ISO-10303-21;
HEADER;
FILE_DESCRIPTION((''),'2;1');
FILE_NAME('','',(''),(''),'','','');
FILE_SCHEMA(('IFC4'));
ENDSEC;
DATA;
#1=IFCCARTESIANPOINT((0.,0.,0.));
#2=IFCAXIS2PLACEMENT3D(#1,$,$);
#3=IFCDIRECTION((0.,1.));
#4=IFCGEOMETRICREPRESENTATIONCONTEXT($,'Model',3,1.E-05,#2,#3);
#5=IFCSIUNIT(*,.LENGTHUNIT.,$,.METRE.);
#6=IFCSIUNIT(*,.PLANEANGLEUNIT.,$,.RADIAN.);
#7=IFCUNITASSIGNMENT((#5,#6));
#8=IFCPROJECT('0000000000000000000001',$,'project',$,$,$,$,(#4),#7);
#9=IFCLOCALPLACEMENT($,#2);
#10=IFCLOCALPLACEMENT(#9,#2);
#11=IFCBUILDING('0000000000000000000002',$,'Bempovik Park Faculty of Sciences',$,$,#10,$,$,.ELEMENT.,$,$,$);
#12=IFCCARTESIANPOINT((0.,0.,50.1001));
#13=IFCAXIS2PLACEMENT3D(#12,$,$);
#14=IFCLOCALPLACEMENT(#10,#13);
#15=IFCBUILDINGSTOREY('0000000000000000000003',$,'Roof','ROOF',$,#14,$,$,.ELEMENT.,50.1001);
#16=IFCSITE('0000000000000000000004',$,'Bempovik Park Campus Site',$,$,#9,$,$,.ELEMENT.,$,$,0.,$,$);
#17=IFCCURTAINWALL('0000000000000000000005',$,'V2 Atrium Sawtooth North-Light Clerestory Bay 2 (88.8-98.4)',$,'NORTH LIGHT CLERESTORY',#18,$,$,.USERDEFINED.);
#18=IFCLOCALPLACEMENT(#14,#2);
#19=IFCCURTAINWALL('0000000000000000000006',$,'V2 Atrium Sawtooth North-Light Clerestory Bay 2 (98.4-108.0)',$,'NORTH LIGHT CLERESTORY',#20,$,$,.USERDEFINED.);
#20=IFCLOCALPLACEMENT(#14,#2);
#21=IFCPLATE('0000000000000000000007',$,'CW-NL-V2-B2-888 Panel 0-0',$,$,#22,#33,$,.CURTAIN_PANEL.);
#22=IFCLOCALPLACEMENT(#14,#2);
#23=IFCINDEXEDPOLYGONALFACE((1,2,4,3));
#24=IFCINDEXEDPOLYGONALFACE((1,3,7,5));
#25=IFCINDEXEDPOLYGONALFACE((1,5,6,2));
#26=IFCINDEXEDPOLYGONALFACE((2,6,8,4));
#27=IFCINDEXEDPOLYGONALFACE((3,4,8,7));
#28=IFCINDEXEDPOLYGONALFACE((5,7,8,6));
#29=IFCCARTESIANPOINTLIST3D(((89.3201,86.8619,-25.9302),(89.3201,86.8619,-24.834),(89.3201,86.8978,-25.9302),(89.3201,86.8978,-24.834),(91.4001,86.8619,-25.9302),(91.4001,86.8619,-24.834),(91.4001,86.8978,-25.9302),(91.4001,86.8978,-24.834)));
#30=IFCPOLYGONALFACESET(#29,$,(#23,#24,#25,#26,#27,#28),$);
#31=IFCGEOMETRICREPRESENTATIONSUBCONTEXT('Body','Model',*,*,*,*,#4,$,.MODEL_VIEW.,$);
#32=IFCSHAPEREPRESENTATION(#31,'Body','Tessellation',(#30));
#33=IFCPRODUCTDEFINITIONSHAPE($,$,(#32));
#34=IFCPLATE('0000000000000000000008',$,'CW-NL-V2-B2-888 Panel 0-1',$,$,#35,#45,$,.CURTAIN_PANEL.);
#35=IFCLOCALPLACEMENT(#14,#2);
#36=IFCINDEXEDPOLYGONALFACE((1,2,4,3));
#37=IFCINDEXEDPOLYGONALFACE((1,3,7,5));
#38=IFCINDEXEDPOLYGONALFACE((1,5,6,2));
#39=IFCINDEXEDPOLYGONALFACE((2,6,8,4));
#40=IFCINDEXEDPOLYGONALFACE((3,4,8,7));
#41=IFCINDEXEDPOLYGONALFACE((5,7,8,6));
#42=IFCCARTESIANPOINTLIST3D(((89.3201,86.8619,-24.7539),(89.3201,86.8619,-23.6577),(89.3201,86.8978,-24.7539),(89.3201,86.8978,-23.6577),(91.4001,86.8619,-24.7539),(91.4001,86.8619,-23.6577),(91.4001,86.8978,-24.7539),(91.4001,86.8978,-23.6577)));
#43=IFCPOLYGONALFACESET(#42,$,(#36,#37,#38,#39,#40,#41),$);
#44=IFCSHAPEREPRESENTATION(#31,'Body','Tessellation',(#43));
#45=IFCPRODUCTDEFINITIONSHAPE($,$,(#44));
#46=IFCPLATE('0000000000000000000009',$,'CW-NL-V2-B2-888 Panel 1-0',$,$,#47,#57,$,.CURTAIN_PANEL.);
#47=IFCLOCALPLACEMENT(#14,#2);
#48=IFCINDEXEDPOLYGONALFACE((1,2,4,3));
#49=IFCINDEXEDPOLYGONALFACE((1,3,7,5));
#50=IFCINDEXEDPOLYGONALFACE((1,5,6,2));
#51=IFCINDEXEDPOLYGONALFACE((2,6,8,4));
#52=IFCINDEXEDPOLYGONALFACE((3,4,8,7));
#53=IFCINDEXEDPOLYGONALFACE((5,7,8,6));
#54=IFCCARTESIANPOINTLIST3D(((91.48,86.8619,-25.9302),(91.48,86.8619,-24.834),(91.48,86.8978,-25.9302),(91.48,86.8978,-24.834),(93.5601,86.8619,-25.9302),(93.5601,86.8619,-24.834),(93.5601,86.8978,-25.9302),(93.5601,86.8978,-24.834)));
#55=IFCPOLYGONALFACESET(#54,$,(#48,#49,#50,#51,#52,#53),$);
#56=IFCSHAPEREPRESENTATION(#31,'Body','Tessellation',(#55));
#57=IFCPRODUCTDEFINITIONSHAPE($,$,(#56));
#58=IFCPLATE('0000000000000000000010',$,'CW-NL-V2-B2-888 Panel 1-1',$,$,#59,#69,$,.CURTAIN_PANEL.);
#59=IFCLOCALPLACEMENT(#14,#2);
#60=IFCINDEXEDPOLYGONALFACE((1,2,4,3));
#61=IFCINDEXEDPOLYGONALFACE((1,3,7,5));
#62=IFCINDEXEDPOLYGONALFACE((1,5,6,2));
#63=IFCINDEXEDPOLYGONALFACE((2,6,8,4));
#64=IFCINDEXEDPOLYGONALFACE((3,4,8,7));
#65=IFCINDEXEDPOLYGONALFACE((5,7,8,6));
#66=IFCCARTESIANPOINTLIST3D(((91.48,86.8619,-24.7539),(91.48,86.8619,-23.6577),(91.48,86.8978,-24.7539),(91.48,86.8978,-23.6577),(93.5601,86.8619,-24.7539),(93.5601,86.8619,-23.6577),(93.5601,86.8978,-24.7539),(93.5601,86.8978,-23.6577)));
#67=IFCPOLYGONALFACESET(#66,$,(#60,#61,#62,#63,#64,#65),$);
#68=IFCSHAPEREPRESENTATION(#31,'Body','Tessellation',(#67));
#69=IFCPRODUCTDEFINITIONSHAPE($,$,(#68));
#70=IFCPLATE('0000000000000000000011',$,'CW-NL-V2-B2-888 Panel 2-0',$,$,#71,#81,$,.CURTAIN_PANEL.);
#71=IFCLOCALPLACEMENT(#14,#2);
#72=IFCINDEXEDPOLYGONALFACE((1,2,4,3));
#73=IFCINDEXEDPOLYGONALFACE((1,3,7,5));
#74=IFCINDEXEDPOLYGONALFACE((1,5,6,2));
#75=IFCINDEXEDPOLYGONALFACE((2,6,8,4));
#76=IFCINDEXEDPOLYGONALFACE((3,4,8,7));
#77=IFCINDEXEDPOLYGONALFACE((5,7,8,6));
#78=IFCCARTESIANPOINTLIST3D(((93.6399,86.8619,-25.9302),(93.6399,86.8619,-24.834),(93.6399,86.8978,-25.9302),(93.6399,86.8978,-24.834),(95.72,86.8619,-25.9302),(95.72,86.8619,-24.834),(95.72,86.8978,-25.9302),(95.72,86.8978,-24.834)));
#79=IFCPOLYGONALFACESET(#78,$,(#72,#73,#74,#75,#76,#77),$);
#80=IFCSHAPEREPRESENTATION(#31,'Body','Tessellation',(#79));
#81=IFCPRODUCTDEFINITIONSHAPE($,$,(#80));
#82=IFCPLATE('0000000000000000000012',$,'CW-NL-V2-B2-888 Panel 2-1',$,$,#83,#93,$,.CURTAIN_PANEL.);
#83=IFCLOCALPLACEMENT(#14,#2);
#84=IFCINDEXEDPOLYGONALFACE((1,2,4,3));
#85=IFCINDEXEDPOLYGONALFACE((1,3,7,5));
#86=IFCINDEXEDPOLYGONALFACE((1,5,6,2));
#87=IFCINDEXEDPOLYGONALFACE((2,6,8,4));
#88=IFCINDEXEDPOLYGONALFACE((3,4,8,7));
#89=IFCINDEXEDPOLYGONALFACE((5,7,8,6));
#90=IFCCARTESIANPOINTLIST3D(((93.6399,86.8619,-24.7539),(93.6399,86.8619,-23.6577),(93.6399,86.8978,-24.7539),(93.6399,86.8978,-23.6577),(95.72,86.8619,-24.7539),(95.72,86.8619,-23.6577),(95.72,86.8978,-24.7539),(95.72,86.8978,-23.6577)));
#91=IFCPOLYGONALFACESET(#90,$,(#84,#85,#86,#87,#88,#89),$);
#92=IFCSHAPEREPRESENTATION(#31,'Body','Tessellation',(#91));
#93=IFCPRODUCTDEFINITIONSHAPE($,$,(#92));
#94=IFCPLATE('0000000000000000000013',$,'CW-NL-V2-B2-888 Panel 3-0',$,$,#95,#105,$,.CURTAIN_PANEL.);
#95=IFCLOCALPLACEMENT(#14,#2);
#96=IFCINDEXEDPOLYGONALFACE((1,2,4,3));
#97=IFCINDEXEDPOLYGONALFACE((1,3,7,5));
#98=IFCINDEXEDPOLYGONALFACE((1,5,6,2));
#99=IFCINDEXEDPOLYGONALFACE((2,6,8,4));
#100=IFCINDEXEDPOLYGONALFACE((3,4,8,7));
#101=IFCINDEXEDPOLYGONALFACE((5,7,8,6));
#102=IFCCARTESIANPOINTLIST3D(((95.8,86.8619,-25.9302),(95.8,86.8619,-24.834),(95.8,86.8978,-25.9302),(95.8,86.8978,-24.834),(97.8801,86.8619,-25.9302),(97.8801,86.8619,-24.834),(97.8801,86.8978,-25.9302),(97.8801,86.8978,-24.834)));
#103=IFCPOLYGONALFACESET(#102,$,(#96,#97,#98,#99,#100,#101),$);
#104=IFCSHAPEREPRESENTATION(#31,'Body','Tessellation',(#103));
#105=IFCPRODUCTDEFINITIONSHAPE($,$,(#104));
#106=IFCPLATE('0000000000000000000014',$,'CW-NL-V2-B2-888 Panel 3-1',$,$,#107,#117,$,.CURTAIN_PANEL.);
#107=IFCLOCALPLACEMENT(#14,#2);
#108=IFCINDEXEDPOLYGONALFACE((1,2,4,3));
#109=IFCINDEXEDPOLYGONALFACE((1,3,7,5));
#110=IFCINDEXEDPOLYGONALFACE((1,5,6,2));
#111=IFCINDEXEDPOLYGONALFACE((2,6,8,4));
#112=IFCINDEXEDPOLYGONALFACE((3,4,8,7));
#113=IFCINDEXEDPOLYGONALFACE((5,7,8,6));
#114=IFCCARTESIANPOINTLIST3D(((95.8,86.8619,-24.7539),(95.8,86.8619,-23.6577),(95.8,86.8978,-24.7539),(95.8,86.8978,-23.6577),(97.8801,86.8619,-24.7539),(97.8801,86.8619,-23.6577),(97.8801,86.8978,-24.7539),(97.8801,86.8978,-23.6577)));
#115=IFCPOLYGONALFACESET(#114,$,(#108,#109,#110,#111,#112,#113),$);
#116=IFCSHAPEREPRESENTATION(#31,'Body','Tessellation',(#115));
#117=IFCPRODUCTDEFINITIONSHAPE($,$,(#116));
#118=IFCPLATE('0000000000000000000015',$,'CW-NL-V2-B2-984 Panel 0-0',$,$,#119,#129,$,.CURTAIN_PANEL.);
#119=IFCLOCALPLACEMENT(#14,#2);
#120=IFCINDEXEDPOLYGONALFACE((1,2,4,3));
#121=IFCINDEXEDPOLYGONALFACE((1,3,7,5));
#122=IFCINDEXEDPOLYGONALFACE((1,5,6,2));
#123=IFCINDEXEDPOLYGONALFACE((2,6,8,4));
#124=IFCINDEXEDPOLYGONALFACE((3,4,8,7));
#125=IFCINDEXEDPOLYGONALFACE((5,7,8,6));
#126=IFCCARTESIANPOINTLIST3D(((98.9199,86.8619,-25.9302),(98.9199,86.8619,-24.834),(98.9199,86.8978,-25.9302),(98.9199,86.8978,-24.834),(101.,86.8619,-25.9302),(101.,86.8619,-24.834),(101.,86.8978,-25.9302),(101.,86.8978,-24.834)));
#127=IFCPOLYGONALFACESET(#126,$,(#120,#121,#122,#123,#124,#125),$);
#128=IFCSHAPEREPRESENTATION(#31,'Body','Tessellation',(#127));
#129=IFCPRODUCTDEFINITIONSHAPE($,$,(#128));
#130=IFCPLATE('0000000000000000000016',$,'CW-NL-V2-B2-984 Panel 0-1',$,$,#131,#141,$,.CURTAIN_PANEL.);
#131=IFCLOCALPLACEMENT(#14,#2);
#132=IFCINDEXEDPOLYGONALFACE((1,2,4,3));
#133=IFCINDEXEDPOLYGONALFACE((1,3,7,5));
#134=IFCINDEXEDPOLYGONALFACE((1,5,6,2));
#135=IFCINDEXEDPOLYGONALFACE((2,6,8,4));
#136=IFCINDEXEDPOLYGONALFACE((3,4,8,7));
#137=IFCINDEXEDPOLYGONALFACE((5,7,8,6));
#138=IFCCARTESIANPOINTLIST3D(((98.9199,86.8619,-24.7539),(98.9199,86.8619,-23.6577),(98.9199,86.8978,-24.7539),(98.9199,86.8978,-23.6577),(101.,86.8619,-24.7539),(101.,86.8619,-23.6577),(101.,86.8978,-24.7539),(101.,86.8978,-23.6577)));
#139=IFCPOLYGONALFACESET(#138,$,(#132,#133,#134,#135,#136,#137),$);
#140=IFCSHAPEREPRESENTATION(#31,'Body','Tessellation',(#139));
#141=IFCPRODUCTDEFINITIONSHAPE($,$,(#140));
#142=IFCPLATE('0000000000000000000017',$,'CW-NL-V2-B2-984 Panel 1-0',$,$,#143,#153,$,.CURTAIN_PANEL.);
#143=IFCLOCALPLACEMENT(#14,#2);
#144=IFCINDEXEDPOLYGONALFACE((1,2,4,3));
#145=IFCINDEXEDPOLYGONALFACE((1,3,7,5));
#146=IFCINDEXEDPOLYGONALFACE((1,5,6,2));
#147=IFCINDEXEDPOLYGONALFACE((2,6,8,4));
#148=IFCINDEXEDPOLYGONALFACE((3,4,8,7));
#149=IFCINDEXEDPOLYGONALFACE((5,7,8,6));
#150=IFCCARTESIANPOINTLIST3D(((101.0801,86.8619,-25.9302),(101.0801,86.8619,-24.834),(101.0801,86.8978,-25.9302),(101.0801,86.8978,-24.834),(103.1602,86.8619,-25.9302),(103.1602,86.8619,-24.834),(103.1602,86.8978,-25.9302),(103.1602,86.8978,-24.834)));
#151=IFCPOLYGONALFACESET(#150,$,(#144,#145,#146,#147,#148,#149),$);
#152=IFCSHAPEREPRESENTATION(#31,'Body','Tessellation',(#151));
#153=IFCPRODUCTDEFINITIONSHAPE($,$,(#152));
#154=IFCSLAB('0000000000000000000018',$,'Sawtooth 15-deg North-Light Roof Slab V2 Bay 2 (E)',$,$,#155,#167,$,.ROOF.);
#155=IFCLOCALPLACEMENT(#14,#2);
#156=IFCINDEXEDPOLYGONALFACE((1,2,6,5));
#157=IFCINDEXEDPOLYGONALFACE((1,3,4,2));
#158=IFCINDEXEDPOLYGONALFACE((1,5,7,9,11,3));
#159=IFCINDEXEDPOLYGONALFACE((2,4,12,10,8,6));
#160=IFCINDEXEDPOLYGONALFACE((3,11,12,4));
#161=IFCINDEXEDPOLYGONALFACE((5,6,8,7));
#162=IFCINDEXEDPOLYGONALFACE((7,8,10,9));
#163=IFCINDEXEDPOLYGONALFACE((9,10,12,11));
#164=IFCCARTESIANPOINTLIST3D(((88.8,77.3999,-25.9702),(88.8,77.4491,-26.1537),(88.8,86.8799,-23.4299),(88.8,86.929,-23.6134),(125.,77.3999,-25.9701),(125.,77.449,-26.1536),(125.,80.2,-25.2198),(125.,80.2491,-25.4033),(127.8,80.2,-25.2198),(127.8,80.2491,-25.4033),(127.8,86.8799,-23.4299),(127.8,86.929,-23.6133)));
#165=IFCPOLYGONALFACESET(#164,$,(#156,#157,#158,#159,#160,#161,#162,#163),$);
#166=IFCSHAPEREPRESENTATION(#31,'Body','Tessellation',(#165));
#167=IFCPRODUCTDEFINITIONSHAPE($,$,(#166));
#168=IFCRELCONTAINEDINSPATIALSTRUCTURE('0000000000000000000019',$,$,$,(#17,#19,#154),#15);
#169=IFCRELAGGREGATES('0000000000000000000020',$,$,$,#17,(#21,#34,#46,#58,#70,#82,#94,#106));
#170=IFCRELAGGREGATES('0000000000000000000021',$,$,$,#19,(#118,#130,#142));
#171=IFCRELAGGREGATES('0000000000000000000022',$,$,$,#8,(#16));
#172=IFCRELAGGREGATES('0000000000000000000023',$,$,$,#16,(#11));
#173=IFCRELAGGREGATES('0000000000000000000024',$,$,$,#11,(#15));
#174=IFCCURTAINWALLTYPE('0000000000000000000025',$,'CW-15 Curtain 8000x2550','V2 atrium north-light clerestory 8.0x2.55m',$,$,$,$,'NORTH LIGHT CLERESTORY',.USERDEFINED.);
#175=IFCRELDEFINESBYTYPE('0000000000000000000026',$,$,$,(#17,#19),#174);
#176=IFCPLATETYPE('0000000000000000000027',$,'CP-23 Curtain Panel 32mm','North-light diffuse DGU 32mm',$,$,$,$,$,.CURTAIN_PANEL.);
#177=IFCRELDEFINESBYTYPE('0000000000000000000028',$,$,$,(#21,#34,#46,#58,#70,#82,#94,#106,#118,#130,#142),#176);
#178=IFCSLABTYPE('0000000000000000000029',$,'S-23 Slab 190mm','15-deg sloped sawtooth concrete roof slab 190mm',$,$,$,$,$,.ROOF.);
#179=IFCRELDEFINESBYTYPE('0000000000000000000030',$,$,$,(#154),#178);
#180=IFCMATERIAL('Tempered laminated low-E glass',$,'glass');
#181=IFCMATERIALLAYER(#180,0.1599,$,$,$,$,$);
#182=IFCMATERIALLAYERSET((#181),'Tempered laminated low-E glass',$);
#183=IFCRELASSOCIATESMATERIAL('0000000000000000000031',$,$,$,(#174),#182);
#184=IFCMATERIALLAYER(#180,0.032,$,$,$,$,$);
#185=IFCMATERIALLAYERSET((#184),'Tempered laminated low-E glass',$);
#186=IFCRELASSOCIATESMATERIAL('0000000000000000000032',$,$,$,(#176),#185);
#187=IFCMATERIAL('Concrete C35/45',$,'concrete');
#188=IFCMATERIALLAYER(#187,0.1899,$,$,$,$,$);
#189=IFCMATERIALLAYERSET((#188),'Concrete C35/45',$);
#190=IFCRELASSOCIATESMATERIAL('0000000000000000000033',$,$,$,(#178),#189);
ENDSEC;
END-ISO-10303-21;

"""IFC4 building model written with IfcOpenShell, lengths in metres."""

from ifc_helpers import new_model, si_unit, direction, frame, origin, origin_2d, place, context, subcontext, project, spatial, polyline, rectangle, outline, extrude, material, layer, layer_set, type_object, element, aggregate, save


model = new_model("IFC4")

# Units and contexts
model_context = context("Model", 3, precision=1e-05, world=origin(), true_north=direction((0.0, 1.0)))
body_context = subcontext(model_context, "Body", "Model", "MODEL_VIEW")
ifc_project = project(units=[si_unit("LENGTHUNIT", "METRE"), si_unit("PLANEANGLEUNIT", "RADIAN")], contexts=[model_context])

# Site, building, storey
site_placement = place(None, origin())
site = spatial("IfcSite", under=ifc_project, at=site_placement, Name="Bempovik Park Campus Site", CompositionType="ELEMENT", RefElevation=0.0)
building_placement = place(site_placement, origin())
building = spatial("IfcBuilding", under=site, at=building_placement, Name="Bempovik Park Faculty of Sciences", CompositionType="ELEMENT")
storey_placement = place(building_placement, frame((0.0, 0.0, 50.1001)))
storey = spatial("IfcBuildingStorey", under=building, at=storey_placement, Name="Roof", Description="ROOF", CompositionType="ELEMENT", Elevation=50.1001)

# Shared definitions
ifc_material_1 = material(Name="Tempered laminated low-E glass", Category="glass")
ifc_layer_1 = layer(ifc_material_1, 0.1599)
ifc_layer_set_1 = layer_set([ifc_layer_1], Name="Tempered laminated low-E glass")
curtain_wall_type = type_object("IfcCurtainWallType", Name="CW-15 Curtain 8000x2550", Description="V2 atrium north-light clerestory 8.0x2.55m", ElementType="NORTH LIGHT CLERESTORY", PredefinedType="USERDEFINED", material=ifc_layer_set_1)

# Curtain walls
curtain_wall_1_placement = place(storey_placement, origin())
curtain_wall_1 = element("IfcCurtainWall", 1, at=curtain_wall_1_placement, inside=storey, type_object=curtain_wall_type, Name="V2 Atrium Sawtooth North-Light Clerestory Bay 2 (88.8-98.4)", ObjectType="NORTH LIGHT CLERESTORY", PredefinedType="USERDEFINED")
curtain_wall_2_placement = place(storey_placement, origin())
curtain_wall_2 = element("IfcCurtainWall", 2, at=curtain_wall_2_placement, inside=storey, type_object=curtain_wall_type, Name="V2 Atrium Sawtooth North-Light Clerestory Bay 2 (98.4-108.0)", ObjectType="NORTH LIGHT CLERESTORY", PredefinedType="USERDEFINED")

# Plates
ifc_layer_2 = layer(ifc_material_1, 0.032)
ifc_layer_set_2 = layer_set([ifc_layer_2], Name="Tempered laminated low-E glass")
plate_type = type_object("IfcPlateType", Name="CP-23 Curtain Panel 32mm", Description="North-light diffuse DGU 32mm", PredefinedType="CURTAIN_PANEL", material=ifc_layer_set_2)
plate_1_placement = place(storey_placement, frame((90.3601, 86.8799, -25.9302), z_axis=(0.0, 0.0, 1.0), x_axis=(1.0, 0.0, 0.0)))
plate_1 = element("IfcPlate", 3, at=plate_1_placement, type_object=plate_type, Name="CW-NL-V2-B2-888 Panel 0-0", PredefinedType="CURTAIN_PANEL", context=body_context, shape_type="SweptSolid", body=[
    extrude(rectangle(XDim=2.0801, YDim=0.0359, at=origin_2d()), origin(), (0.0, 0.0, 1.0), 1.0962),
])
plate_2_placement = place(storey_placement, frame((90.3601, 86.8799, -24.7539), z_axis=(0.0, 0.0, 1.0), x_axis=(1.0, 0.0, 0.0)))
plate_2 = element("IfcPlate", 4, at=plate_2_placement, type_object=plate_type, Name="CW-NL-V2-B2-888 Panel 0-1", PredefinedType="CURTAIN_PANEL", context=body_context, shape_type="SweptSolid", body=[
    extrude(rectangle(XDim=2.0801, YDim=0.0359, at=origin_2d()), origin(), (0.0, 0.0, 1.0), 1.0962),
])
plate_3_placement = place(storey_placement, frame((92.52, 86.8799, -25.9302), z_axis=(0.0, 0.0, 1.0), x_axis=(1.0, 0.0, 0.0)))
plate_3 = element("IfcPlate", 5, at=plate_3_placement, type_object=plate_type, Name="CW-NL-V2-B2-888 Panel 1-0", PredefinedType="CURTAIN_PANEL", context=body_context, shape_type="SweptSolid", body=[
    extrude(rectangle(XDim=2.0801, YDim=0.0359, at=origin_2d()), origin(), (0.0, 0.0, 1.0), 1.0962),
])
plate_4_placement = place(storey_placement, frame((92.52, 86.8799, -24.7539), z_axis=(0.0, 0.0, 1.0), x_axis=(1.0, 0.0, 0.0)))
plate_4 = element("IfcPlate", 6, at=plate_4_placement, type_object=plate_type, Name="CW-NL-V2-B2-888 Panel 1-1", PredefinedType="CURTAIN_PANEL", context=body_context, shape_type="SweptSolid", body=[
    extrude(rectangle(XDim=2.0801, YDim=0.0359, at=origin_2d()), origin(), (0.0, 0.0, 1.0), 1.0962),
])
plate_5_placement = place(storey_placement, frame((94.6799, 86.8799, -25.9302), z_axis=(0.0, 0.0, 1.0), x_axis=(1.0, 0.0, 0.0)))
plate_5 = element("IfcPlate", 7, at=plate_5_placement, type_object=plate_type, Name="CW-NL-V2-B2-888 Panel 2-0", PredefinedType="CURTAIN_PANEL", context=body_context, shape_type="SweptSolid", body=[
    extrude(rectangle(XDim=2.0801, YDim=0.0359, at=origin_2d()), origin(), (0.0, 0.0, 1.0), 1.0962),
])
plate_6_placement = place(storey_placement, frame((94.6799, 86.8799, -24.7539), z_axis=(0.0, 0.0, 1.0), x_axis=(1.0, 0.0, 0.0)))
plate_6 = element("IfcPlate", 8, at=plate_6_placement, type_object=plate_type, Name="CW-NL-V2-B2-888 Panel 2-1", PredefinedType="CURTAIN_PANEL", context=body_context, shape_type="SweptSolid", body=[
    extrude(rectangle(XDim=2.0801, YDim=0.0359, at=origin_2d()), origin(), (0.0, 0.0, 1.0), 1.0962),
])
plate_7_placement = place(storey_placement, frame((96.8401, 86.8799, -25.9302), z_axis=(0.0, 0.0, 1.0), x_axis=(1.0, 0.0, 0.0)))
plate_7 = element("IfcPlate", 9, at=plate_7_placement, type_object=plate_type, Name="CW-NL-V2-B2-888 Panel 3-0", PredefinedType="CURTAIN_PANEL", context=body_context, shape_type="SweptSolid", body=[
    extrude(rectangle(XDim=2.0801, YDim=0.0359, at=origin_2d()), origin(), (0.0, 0.0, 1.0), 1.0962),
])
plate_8_placement = place(storey_placement, frame((96.8401, 86.8799, -24.7539), z_axis=(0.0, 0.0, 1.0), x_axis=(1.0, 0.0, 0.0)))
plate_8 = element("IfcPlate", 10, at=plate_8_placement, type_object=plate_type, Name="CW-NL-V2-B2-888 Panel 3-1", PredefinedType="CURTAIN_PANEL", context=body_context, shape_type="SweptSolid", body=[
    extrude(rectangle(XDim=2.0801, YDim=0.0359, at=origin_2d()), origin(), (0.0, 0.0, 1.0), 1.0962),
])
aggregate(curtain_wall_1, [plate_1, plate_2, plate_3, plate_4, plate_5, plate_6, plate_7, plate_8])
plate_9_placement = place(storey_placement, frame((99.96, 86.8799, -25.9302), z_axis=(0.0, 0.0, 1.0), x_axis=(1.0, 0.0, 0.0)))
plate_9 = element("IfcPlate", 11, at=plate_9_placement, type_object=plate_type, Name="CW-NL-V2-B2-984 Panel 0-0", PredefinedType="CURTAIN_PANEL", context=body_context, shape_type="SweptSolid", body=[
    extrude(rectangle(XDim=2.0801, YDim=0.0359, at=origin_2d()), origin(), (0.0, 0.0, 1.0), 1.0962),
])
plate_10_placement = place(storey_placement, frame((99.96, 86.8799, -24.7539), z_axis=(0.0, 0.0, 1.0), x_axis=(1.0, 0.0, 0.0)))
plate_10 = element("IfcPlate", 12, at=plate_10_placement, type_object=plate_type, Name="CW-NL-V2-B2-984 Panel 0-1", PredefinedType="CURTAIN_PANEL", context=body_context, shape_type="SweptSolid", body=[
    extrude(rectangle(XDim=2.0801, YDim=0.0359, at=origin_2d()), origin(), (0.0, 0.0, 1.0), 1.0962),
])
plate_11_placement = place(storey_placement, frame((102.1201, 86.8799, -25.9302), z_axis=(0.0, 0.0, 1.0), x_axis=(1.0, 0.0, 0.0)))
plate_11 = element("IfcPlate", 13, at=plate_11_placement, type_object=plate_type, Name="CW-NL-V2-B2-984 Panel 1-0", PredefinedType="CURTAIN_PANEL", context=body_context, shape_type="SweptSolid", body=[
    extrude(rectangle(XDim=2.0801, YDim=0.0359, at=origin_2d()), origin(), (0.0, 0.0, 1.0), 1.0962),
])
aggregate(curtain_wall_2, [plate_9, plate_10, plate_11])

# Slab
ifc_material_2 = material(Name="Concrete C35/45", Category="concrete")
ifc_layer_3 = layer(ifc_material_2, 0.1899)
ifc_layer_set_3 = layer_set([ifc_layer_3], Name="Concrete C35/45")
slab_type = type_object("IfcSlabType", Name="S-23 Slab 190mm", Description="15-deg sloped sawtooth concrete roof slab 190mm", PredefinedType="ROOF", material=ifc_layer_set_3)
slab_placement = place(storey_placement, frame((88.8, 77.3999, -25.9702), z_axis=(-0.000002, -0.25883, 0.965923), x_axis=(1.0, -0.000001, 0.000002)))
element("IfcSlab", 14, at=slab_placement, inside=storey, type_object=slab_type, Name="Sawtooth 15-deg North-Light Roof Slab V2 Bay 2 (E)", PredefinedType="ROOF", context=body_context, shape_type="SweptSolid", body=[
    extrude(outline(polyline([(0.0, 0.0), (36.2, 0.0), (36.2, 2.8989), (39.0, 2.8989), (39.0, 9.8144), (0.0, 9.8144), (0.0, 0.0)])), origin(), (0.0, 0.0, -1.0), 0.1899),
])

save(model, "model.ifc")
